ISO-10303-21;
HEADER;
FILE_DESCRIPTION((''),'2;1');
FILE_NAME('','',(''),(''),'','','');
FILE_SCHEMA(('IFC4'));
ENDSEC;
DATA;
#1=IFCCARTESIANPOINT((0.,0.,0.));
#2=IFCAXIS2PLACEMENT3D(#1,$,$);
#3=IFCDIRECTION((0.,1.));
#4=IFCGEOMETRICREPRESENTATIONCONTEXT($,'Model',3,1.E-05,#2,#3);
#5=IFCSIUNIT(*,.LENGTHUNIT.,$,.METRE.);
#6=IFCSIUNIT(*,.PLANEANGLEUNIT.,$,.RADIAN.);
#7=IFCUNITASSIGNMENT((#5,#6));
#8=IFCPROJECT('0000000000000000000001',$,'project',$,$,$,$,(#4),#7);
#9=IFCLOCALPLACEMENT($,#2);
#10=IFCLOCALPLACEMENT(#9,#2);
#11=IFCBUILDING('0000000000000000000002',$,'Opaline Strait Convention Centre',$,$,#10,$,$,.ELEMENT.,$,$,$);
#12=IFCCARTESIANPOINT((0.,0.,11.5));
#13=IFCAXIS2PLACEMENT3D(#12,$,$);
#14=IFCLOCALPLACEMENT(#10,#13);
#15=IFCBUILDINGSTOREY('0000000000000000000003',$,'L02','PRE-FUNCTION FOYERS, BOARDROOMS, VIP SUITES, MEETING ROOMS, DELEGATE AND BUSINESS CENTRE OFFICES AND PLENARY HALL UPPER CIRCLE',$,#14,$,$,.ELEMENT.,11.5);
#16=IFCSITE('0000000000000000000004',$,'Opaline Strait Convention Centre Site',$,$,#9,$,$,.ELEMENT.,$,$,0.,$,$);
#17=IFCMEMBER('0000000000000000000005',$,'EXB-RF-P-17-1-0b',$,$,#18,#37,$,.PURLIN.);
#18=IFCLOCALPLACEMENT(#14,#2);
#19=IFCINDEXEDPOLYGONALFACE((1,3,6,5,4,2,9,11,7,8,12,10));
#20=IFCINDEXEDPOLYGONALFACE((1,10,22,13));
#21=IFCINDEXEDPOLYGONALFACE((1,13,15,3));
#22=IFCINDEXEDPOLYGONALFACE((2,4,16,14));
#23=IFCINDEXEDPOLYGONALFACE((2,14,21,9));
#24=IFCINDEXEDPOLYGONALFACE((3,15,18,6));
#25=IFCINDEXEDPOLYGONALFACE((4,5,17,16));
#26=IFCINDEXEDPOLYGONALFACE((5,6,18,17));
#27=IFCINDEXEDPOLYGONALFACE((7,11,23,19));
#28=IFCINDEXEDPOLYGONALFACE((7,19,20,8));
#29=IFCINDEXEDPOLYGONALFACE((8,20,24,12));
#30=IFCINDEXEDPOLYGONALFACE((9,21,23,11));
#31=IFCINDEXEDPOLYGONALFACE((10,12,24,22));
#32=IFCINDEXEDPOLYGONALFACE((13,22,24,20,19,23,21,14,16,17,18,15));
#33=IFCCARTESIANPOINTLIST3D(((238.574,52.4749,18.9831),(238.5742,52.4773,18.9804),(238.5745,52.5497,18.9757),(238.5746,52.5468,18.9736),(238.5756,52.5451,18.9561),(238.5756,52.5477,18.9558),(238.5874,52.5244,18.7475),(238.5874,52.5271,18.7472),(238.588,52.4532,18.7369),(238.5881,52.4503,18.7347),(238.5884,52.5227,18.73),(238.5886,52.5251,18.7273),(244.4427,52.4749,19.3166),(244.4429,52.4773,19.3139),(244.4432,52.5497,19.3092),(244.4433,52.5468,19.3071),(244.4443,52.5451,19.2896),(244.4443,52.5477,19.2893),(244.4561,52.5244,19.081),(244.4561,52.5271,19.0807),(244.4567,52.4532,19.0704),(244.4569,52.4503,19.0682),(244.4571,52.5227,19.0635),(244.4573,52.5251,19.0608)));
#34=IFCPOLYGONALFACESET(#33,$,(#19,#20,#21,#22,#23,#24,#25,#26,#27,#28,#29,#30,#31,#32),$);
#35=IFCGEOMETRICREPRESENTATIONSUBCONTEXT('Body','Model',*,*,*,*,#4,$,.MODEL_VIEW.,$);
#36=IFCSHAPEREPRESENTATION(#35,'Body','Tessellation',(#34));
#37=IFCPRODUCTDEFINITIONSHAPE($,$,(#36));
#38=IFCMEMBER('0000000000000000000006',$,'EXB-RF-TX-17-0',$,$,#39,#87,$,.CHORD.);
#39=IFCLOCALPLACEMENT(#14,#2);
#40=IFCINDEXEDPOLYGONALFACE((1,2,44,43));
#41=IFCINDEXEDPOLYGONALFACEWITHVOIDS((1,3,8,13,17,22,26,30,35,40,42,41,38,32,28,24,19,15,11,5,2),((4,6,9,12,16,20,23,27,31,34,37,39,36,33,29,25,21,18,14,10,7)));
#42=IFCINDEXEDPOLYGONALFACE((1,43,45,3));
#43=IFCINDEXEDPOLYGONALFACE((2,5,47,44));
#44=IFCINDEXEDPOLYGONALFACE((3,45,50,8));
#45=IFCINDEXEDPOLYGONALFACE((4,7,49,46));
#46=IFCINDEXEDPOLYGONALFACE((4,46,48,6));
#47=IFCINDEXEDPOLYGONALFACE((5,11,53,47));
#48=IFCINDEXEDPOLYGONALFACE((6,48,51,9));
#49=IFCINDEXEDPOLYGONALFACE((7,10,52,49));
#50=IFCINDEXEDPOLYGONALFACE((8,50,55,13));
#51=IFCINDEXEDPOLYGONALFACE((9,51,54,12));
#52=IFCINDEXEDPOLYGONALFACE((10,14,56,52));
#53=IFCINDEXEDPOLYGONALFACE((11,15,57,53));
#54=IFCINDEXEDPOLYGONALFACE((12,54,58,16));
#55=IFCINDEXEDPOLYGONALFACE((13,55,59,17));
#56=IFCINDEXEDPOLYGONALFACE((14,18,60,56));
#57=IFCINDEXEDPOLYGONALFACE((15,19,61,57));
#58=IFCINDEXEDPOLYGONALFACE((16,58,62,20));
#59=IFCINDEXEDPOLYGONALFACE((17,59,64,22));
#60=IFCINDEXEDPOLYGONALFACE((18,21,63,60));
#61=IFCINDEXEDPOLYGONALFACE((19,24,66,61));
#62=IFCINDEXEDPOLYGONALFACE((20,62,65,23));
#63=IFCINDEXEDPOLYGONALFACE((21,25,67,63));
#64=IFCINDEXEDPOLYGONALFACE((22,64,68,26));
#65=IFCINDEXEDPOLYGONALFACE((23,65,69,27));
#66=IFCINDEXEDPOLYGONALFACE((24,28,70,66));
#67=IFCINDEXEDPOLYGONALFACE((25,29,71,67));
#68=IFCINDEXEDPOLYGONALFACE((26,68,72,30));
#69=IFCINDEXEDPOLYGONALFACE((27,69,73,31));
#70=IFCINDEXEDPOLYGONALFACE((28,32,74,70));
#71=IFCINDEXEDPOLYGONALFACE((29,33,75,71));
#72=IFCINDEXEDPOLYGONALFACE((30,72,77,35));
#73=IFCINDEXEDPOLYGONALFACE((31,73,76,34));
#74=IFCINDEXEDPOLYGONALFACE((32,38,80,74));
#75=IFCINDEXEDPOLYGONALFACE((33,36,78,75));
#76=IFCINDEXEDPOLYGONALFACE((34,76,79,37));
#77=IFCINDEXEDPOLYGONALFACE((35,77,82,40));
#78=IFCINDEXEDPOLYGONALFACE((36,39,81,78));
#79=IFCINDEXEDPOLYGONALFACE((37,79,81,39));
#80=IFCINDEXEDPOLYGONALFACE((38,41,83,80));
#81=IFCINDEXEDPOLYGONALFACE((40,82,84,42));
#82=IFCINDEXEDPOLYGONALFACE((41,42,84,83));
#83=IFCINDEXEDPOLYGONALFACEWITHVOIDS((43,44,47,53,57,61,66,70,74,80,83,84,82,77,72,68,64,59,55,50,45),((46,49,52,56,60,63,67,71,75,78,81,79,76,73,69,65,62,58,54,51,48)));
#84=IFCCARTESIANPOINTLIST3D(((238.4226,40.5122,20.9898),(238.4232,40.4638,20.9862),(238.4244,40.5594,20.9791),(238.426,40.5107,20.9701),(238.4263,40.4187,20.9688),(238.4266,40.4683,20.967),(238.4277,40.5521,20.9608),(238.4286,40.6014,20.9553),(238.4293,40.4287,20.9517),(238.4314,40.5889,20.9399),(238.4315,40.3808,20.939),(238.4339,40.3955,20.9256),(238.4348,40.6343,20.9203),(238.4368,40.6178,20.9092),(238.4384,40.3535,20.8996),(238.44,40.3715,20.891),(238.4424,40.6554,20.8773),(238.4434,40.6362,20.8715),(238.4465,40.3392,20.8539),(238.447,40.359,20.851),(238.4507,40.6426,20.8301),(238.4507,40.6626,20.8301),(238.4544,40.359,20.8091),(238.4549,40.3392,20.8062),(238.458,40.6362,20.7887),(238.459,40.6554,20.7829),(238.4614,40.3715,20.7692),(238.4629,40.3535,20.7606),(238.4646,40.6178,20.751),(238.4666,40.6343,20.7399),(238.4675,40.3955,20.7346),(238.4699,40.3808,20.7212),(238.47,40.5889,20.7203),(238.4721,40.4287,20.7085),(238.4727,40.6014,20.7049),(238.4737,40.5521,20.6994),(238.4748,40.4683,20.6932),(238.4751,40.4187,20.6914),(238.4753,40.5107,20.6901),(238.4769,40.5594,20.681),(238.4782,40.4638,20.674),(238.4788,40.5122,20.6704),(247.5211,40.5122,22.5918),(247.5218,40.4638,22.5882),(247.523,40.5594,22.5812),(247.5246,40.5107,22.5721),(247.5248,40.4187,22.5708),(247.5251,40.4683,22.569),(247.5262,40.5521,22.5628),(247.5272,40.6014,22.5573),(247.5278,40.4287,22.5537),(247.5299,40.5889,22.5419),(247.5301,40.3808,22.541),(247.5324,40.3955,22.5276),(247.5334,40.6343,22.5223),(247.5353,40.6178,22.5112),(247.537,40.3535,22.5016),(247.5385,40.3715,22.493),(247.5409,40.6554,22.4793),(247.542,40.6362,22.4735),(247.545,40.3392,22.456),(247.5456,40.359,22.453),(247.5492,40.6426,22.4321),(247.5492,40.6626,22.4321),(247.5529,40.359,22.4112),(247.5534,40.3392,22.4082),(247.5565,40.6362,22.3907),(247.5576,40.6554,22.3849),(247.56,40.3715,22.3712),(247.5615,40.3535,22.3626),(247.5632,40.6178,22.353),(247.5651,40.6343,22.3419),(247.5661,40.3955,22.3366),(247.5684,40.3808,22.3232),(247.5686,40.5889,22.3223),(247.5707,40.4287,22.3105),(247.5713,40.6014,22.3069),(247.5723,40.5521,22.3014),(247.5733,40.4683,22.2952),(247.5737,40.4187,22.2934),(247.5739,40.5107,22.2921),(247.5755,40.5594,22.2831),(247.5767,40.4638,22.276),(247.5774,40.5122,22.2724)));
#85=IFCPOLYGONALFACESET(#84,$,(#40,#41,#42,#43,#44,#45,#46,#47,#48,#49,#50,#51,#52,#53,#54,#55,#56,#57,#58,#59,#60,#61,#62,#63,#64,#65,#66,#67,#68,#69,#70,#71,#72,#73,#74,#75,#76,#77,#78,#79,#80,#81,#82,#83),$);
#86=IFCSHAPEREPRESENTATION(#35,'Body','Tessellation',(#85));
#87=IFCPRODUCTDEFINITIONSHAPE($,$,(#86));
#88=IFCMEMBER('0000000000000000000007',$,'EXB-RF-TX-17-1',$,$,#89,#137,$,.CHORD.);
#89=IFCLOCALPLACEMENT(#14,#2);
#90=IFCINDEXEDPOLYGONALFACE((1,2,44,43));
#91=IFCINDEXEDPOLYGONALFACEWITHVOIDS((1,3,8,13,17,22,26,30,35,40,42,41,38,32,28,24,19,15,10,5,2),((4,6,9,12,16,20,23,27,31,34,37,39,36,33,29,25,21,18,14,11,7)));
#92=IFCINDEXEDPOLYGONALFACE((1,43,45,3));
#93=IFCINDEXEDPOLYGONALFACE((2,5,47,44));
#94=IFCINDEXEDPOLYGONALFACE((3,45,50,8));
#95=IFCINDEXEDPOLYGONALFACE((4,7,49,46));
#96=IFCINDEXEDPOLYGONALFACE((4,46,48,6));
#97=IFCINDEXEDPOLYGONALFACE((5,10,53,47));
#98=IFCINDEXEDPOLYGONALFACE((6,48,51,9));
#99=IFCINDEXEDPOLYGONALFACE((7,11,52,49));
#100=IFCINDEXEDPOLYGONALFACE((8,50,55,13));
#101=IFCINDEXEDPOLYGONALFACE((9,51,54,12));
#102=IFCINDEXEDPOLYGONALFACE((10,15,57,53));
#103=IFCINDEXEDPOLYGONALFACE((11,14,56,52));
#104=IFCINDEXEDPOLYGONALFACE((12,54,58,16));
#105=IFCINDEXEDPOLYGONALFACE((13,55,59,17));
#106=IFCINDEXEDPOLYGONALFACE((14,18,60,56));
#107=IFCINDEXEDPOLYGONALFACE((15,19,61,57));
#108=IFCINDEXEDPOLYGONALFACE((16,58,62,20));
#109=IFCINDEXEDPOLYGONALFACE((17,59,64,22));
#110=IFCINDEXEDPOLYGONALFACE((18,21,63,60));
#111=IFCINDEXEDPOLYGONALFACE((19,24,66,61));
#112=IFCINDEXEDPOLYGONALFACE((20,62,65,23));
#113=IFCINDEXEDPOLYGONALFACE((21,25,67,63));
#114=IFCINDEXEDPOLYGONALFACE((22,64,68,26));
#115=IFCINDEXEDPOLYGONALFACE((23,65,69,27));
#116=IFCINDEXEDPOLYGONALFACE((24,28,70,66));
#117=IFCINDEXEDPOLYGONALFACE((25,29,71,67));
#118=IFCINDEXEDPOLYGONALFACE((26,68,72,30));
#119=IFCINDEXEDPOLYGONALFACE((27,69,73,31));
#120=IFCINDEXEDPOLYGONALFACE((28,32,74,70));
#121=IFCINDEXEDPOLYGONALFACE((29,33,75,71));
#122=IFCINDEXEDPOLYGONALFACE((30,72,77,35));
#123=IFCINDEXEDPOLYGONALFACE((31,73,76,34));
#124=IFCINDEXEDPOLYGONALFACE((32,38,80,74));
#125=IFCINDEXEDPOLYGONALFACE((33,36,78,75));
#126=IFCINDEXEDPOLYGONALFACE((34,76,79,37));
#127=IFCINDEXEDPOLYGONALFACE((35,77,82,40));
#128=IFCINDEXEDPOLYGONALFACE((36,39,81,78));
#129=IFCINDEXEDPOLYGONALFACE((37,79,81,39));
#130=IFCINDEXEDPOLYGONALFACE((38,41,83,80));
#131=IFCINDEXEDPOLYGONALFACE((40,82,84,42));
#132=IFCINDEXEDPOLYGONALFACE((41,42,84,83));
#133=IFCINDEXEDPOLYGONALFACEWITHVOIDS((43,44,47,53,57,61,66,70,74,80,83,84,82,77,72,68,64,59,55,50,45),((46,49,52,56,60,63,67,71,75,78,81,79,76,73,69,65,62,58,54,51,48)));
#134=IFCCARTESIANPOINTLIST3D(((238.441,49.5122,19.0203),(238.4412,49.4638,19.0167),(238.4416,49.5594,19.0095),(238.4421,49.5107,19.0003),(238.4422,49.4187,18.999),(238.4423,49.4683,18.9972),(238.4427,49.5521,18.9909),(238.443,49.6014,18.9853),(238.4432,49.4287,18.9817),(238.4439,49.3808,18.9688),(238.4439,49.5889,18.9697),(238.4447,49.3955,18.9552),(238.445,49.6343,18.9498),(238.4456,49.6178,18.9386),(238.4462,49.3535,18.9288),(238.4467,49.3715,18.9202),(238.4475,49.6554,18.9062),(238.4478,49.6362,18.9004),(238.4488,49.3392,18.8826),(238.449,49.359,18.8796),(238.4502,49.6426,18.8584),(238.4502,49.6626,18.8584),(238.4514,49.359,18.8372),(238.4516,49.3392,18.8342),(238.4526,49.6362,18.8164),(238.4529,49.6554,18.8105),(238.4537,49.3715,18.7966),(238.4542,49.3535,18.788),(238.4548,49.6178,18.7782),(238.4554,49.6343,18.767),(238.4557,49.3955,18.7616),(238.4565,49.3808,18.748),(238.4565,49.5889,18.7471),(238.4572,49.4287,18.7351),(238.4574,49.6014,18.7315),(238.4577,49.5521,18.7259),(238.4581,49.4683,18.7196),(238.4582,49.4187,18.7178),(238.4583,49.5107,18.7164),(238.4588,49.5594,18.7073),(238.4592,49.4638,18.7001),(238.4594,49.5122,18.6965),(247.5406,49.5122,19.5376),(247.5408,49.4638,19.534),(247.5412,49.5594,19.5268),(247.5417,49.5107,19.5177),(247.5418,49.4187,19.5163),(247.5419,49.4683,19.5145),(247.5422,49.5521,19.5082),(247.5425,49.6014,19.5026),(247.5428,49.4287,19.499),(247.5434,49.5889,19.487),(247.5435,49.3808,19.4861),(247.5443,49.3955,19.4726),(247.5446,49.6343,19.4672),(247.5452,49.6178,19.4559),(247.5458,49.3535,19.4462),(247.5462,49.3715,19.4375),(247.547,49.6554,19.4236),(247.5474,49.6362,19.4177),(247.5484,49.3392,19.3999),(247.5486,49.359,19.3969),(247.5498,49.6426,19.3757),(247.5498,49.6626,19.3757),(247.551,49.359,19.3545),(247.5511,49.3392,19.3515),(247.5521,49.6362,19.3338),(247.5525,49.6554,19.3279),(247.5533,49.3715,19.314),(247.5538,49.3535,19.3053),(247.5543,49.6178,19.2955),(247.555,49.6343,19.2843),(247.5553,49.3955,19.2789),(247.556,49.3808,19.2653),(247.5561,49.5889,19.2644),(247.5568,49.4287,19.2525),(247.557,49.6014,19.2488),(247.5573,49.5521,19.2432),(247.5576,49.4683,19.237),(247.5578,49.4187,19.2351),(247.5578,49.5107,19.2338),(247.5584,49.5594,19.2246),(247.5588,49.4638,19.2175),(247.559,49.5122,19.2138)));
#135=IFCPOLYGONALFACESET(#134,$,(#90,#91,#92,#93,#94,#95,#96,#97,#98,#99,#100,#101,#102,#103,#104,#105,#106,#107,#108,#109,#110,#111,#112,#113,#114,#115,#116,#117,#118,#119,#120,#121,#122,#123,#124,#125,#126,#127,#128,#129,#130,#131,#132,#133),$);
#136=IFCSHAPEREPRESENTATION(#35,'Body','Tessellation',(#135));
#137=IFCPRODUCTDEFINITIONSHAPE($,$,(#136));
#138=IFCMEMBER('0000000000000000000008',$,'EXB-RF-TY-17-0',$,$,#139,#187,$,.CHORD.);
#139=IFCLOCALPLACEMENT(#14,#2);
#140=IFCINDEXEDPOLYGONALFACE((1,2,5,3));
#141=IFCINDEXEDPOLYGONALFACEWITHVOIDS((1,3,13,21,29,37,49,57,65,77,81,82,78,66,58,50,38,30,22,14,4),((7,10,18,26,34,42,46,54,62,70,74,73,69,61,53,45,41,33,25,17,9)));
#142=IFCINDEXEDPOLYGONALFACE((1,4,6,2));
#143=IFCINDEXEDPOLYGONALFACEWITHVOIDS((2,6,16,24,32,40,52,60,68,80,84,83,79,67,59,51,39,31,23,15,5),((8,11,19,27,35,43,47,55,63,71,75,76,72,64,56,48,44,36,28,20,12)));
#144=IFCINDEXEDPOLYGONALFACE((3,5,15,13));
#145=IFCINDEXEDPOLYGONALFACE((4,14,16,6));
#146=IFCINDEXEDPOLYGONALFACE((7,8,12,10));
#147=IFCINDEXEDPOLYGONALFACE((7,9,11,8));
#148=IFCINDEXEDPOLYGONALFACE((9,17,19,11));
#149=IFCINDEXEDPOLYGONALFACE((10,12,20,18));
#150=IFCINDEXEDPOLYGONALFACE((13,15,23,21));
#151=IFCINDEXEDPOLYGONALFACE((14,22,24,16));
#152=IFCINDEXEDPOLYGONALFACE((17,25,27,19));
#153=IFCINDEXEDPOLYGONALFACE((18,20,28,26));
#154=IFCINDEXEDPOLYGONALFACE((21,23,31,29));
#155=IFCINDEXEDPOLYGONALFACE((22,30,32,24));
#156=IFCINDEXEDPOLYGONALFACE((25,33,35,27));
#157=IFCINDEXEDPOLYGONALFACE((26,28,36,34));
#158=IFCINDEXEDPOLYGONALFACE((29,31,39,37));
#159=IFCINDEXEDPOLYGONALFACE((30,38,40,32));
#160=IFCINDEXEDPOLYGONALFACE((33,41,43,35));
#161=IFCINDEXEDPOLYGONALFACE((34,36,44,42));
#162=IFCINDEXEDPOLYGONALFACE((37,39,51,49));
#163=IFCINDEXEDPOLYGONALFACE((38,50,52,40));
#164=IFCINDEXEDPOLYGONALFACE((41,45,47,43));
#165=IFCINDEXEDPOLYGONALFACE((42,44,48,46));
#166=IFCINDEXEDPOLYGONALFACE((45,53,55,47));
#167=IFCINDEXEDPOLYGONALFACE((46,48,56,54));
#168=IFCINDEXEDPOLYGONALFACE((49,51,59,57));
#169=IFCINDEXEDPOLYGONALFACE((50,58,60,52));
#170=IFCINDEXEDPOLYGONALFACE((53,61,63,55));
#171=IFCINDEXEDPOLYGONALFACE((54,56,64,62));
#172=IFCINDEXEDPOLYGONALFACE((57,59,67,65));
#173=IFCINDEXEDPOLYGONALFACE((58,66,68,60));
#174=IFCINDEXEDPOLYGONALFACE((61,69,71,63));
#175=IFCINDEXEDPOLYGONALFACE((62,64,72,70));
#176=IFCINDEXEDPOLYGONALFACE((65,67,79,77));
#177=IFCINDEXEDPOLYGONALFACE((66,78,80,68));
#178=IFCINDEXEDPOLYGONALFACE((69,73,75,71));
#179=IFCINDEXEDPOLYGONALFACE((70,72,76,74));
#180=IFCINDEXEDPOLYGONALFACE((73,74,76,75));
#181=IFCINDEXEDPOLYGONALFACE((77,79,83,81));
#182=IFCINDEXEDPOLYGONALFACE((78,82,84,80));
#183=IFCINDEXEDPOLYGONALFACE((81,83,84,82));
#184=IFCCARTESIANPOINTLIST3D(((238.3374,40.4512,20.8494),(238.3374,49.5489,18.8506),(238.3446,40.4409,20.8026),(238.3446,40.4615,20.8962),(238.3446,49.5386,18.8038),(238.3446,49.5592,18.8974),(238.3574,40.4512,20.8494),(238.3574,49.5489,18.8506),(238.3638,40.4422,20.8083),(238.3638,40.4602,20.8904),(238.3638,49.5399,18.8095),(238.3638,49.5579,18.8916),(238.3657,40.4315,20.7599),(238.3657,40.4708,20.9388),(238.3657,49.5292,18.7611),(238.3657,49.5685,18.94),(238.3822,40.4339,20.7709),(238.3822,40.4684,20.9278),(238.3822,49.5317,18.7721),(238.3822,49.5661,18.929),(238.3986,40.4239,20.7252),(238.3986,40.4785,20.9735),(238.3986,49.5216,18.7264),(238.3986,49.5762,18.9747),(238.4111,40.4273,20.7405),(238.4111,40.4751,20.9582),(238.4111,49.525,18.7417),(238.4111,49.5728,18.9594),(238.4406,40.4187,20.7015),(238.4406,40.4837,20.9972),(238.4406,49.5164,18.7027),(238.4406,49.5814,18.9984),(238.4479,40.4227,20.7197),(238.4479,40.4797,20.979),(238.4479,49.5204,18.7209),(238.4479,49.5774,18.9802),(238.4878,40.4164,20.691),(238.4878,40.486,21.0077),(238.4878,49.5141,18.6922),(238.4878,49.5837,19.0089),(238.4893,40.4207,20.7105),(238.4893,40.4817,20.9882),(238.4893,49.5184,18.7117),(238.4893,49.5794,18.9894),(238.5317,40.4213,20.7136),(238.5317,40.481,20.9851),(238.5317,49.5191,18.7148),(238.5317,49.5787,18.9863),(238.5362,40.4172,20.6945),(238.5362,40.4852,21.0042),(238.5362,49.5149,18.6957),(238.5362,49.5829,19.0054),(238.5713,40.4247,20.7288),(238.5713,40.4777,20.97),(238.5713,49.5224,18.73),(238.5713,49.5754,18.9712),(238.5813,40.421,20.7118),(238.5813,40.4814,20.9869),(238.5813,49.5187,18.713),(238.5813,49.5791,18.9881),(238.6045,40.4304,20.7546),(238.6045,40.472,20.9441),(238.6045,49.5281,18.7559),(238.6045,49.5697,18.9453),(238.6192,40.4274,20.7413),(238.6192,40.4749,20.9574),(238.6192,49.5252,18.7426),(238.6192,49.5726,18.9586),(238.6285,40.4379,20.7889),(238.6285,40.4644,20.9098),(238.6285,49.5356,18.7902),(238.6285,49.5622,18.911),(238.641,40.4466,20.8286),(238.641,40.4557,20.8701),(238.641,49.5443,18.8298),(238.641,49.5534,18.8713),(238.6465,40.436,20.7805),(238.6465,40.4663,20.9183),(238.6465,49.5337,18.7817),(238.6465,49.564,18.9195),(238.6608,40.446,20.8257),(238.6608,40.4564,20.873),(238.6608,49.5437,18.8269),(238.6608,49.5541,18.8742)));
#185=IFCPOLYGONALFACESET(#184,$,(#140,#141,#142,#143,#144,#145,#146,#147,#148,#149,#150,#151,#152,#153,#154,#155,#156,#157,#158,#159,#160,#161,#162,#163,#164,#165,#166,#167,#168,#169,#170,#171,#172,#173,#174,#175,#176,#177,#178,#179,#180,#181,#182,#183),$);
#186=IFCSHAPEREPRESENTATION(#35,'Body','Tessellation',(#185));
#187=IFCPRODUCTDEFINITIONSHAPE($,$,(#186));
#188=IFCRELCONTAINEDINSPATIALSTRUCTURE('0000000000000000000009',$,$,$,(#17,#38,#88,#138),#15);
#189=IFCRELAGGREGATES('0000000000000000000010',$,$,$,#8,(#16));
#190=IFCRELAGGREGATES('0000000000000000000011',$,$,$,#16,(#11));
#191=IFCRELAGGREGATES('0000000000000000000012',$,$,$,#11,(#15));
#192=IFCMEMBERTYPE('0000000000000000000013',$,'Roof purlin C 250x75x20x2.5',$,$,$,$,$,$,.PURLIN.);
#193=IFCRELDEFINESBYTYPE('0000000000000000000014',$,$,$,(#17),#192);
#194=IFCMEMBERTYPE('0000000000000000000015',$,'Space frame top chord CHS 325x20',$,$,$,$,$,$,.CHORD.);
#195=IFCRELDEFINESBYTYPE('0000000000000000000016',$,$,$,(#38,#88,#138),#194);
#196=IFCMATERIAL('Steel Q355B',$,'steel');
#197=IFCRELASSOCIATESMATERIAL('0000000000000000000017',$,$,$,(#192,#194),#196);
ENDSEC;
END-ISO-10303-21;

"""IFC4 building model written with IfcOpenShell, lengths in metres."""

from ifc_helpers import new_model, si_unit, direction, frame, origin, origin_2d, place, context, subcontext, project, spatial, polyline, hollow_circle, outline, extrude, material, material_profile, profile_set, type_object, element, save


model = new_model("IFC4")

# Units and contexts
model_context = context("Model", 3, precision=1e-05, world=origin(), true_north=direction((0.0, 1.0)))
body_context = subcontext(model_context, "Body", "Model", "MODEL_VIEW")
ifc_project = project(units=[si_unit("LENGTHUNIT", "METRE"), si_unit("PLANEANGLEUNIT", "RADIAN")], contexts=[model_context])

# Site, building, storey
site_placement = place(None, origin())
site = spatial("IfcSite", under=ifc_project, at=site_placement, Name="Opaline Strait Convention Centre Site", CompositionType="ELEMENT", RefElevation=0.0)
building_placement = place(site_placement, origin())
building = spatial("IfcBuilding", under=site, at=building_placement, Name="Opaline Strait Convention Centre", CompositionType="ELEMENT")
storey_placement = place(building_placement, frame((0.0, 0.0, 11.5)))
storey = spatial("IfcBuildingStorey", under=building, at=storey_placement, Name="L02", Description="PRE-FUNCTION FOYERS, BOARDROOMS, VIP SUITES, MEETING ROOMS, DELEGATE AND BUSINESS CENTRE OFFICES AND PLENARY HALL UPPER CIRCLE", CompositionType="ELEMENT", Elevation=11.5)

# Members
ifc_material_1 = material(Name="Steel Q355B", Category="steel")
ifc_material_profile_1 = material_profile(ifc_material_1, outline(polyline([(-0.0376, -0.125), (0.0376, -0.125), (0.0376, -0.105), (0.0349, -0.105), (0.0349, -0.1226), (-0.0349, -0.1226), (-0.0349, 0.1226), (0.0349, 0.1226), (0.0349, 0.105), (0.0376, 0.105), (0.0376, 0.125), (-0.0376, 0.125), (-0.0376, -0.125)])), Name="C 250x75x20x2.5")
ifc_profile_set_1 = profile_set([ifc_material_profile_1], Name="Steel Q355B")
member_type_1 = type_object("IfcMemberType", Name="Roof purlin C 250x75x20x2.5", PredefinedType="PURLIN", material=ifc_profile_set_1)
member_1_placement = place(storey_placement, frame((238.5813, 52.5, 18.8552), z_axis=(0.998389, 0.0, 0.056735), x_axis=(0.005582, 0.995149, -0.09822)))
element("IfcMember", 1, at=member_1_placement, inside=storey, type_object=member_type_1, Name="EXB-RF-P-17-1-0b", PredefinedType="PURLIN", context=body_context, shape_type="SweptSolid", body=[
    extrude(outline(polyline([(-0.0376, -0.125), (0.0376, -0.125), (0.0376, -0.105), (0.0349, -0.105), (0.0349, -0.1226), (-0.0349, -0.1226), (-0.0349, 0.1226), (0.0349, 0.1226), (0.0349, 0.105), (0.0376, 0.105), (0.0376, 0.125), (-0.0376, 0.125), (-0.0376, -0.125)])), origin(), (0.0, 0.0, 1.0), 5.8782),
])
ifc_material_profile_2 = material_profile(ifc_material_1, hollow_circle(Radius=0.1626, WallThickness=0.02, at=origin_2d()), Name="CHS 325x20")
ifc_profile_set_2 = profile_set([ifc_material_profile_2], Name="Steel Q355B")
member_type_2 = type_object("IfcMemberType", Name="Space frame top chord CHS 325x20", PredefinedType="CHORD", material=ifc_profile_set_2)
member_2_placement = place(storey_placement, frame((238.4507, 40.5, 20.8301), z_axis=(0.98485, 0.0, 0.173408), x_axis=(0.0, 1.0, 0.0)))
element("IfcMember", 2, at=member_2_placement, inside=storey, type_object=member_type_2, Name="EXB-RF-TX-17-0", PredefinedType="CHORD", context=body_context, shape_type="SweptSolid", body=[
    extrude(hollow_circle(Radius=0.1626, WallThickness=0.02, at=origin_2d()), origin(), (0.0, 0.0, 1.0), 9.2385),
])
member_3_placement = place(storey_placement, frame((238.4502, 49.5, 18.8584), z_axis=(0.998388, 0.0, 0.056761), x_axis=(0.0, 1.0, 0.0)))
element("IfcMember", 3, at=member_3_placement, inside=storey, type_object=member_type_2, Name="EXB-RF-TX-17-1", PredefinedType="CHORD", context=body_context, shape_type="SweptSolid", body=[
    extrude(hollow_circle(Radius=0.1626, WallThickness=0.02, at=origin_2d()), origin(), (0.0, 0.0, 1.0), 9.1143),
])
member_4_placement = place(storey_placement, frame((238.5, 40.4512, 20.8494), z_axis=(0.0, 0.976705, -0.214585), x_axis=(-1.0, 0.0, 0.0)))
element("IfcMember", 4, at=member_4_placement, inside=storey, type_object=member_type_2, Name="EXB-RF-TY-17-0", PredefinedType="CHORD", context=body_context, shape_type="SweptSolid", body=[
    extrude(hollow_circle(Radius=0.1626, WallThickness=0.02, at=origin_2d()), origin(), (0.0, 0.0, 1.0), 9.3147),
])

save(model, "model.ifc")
